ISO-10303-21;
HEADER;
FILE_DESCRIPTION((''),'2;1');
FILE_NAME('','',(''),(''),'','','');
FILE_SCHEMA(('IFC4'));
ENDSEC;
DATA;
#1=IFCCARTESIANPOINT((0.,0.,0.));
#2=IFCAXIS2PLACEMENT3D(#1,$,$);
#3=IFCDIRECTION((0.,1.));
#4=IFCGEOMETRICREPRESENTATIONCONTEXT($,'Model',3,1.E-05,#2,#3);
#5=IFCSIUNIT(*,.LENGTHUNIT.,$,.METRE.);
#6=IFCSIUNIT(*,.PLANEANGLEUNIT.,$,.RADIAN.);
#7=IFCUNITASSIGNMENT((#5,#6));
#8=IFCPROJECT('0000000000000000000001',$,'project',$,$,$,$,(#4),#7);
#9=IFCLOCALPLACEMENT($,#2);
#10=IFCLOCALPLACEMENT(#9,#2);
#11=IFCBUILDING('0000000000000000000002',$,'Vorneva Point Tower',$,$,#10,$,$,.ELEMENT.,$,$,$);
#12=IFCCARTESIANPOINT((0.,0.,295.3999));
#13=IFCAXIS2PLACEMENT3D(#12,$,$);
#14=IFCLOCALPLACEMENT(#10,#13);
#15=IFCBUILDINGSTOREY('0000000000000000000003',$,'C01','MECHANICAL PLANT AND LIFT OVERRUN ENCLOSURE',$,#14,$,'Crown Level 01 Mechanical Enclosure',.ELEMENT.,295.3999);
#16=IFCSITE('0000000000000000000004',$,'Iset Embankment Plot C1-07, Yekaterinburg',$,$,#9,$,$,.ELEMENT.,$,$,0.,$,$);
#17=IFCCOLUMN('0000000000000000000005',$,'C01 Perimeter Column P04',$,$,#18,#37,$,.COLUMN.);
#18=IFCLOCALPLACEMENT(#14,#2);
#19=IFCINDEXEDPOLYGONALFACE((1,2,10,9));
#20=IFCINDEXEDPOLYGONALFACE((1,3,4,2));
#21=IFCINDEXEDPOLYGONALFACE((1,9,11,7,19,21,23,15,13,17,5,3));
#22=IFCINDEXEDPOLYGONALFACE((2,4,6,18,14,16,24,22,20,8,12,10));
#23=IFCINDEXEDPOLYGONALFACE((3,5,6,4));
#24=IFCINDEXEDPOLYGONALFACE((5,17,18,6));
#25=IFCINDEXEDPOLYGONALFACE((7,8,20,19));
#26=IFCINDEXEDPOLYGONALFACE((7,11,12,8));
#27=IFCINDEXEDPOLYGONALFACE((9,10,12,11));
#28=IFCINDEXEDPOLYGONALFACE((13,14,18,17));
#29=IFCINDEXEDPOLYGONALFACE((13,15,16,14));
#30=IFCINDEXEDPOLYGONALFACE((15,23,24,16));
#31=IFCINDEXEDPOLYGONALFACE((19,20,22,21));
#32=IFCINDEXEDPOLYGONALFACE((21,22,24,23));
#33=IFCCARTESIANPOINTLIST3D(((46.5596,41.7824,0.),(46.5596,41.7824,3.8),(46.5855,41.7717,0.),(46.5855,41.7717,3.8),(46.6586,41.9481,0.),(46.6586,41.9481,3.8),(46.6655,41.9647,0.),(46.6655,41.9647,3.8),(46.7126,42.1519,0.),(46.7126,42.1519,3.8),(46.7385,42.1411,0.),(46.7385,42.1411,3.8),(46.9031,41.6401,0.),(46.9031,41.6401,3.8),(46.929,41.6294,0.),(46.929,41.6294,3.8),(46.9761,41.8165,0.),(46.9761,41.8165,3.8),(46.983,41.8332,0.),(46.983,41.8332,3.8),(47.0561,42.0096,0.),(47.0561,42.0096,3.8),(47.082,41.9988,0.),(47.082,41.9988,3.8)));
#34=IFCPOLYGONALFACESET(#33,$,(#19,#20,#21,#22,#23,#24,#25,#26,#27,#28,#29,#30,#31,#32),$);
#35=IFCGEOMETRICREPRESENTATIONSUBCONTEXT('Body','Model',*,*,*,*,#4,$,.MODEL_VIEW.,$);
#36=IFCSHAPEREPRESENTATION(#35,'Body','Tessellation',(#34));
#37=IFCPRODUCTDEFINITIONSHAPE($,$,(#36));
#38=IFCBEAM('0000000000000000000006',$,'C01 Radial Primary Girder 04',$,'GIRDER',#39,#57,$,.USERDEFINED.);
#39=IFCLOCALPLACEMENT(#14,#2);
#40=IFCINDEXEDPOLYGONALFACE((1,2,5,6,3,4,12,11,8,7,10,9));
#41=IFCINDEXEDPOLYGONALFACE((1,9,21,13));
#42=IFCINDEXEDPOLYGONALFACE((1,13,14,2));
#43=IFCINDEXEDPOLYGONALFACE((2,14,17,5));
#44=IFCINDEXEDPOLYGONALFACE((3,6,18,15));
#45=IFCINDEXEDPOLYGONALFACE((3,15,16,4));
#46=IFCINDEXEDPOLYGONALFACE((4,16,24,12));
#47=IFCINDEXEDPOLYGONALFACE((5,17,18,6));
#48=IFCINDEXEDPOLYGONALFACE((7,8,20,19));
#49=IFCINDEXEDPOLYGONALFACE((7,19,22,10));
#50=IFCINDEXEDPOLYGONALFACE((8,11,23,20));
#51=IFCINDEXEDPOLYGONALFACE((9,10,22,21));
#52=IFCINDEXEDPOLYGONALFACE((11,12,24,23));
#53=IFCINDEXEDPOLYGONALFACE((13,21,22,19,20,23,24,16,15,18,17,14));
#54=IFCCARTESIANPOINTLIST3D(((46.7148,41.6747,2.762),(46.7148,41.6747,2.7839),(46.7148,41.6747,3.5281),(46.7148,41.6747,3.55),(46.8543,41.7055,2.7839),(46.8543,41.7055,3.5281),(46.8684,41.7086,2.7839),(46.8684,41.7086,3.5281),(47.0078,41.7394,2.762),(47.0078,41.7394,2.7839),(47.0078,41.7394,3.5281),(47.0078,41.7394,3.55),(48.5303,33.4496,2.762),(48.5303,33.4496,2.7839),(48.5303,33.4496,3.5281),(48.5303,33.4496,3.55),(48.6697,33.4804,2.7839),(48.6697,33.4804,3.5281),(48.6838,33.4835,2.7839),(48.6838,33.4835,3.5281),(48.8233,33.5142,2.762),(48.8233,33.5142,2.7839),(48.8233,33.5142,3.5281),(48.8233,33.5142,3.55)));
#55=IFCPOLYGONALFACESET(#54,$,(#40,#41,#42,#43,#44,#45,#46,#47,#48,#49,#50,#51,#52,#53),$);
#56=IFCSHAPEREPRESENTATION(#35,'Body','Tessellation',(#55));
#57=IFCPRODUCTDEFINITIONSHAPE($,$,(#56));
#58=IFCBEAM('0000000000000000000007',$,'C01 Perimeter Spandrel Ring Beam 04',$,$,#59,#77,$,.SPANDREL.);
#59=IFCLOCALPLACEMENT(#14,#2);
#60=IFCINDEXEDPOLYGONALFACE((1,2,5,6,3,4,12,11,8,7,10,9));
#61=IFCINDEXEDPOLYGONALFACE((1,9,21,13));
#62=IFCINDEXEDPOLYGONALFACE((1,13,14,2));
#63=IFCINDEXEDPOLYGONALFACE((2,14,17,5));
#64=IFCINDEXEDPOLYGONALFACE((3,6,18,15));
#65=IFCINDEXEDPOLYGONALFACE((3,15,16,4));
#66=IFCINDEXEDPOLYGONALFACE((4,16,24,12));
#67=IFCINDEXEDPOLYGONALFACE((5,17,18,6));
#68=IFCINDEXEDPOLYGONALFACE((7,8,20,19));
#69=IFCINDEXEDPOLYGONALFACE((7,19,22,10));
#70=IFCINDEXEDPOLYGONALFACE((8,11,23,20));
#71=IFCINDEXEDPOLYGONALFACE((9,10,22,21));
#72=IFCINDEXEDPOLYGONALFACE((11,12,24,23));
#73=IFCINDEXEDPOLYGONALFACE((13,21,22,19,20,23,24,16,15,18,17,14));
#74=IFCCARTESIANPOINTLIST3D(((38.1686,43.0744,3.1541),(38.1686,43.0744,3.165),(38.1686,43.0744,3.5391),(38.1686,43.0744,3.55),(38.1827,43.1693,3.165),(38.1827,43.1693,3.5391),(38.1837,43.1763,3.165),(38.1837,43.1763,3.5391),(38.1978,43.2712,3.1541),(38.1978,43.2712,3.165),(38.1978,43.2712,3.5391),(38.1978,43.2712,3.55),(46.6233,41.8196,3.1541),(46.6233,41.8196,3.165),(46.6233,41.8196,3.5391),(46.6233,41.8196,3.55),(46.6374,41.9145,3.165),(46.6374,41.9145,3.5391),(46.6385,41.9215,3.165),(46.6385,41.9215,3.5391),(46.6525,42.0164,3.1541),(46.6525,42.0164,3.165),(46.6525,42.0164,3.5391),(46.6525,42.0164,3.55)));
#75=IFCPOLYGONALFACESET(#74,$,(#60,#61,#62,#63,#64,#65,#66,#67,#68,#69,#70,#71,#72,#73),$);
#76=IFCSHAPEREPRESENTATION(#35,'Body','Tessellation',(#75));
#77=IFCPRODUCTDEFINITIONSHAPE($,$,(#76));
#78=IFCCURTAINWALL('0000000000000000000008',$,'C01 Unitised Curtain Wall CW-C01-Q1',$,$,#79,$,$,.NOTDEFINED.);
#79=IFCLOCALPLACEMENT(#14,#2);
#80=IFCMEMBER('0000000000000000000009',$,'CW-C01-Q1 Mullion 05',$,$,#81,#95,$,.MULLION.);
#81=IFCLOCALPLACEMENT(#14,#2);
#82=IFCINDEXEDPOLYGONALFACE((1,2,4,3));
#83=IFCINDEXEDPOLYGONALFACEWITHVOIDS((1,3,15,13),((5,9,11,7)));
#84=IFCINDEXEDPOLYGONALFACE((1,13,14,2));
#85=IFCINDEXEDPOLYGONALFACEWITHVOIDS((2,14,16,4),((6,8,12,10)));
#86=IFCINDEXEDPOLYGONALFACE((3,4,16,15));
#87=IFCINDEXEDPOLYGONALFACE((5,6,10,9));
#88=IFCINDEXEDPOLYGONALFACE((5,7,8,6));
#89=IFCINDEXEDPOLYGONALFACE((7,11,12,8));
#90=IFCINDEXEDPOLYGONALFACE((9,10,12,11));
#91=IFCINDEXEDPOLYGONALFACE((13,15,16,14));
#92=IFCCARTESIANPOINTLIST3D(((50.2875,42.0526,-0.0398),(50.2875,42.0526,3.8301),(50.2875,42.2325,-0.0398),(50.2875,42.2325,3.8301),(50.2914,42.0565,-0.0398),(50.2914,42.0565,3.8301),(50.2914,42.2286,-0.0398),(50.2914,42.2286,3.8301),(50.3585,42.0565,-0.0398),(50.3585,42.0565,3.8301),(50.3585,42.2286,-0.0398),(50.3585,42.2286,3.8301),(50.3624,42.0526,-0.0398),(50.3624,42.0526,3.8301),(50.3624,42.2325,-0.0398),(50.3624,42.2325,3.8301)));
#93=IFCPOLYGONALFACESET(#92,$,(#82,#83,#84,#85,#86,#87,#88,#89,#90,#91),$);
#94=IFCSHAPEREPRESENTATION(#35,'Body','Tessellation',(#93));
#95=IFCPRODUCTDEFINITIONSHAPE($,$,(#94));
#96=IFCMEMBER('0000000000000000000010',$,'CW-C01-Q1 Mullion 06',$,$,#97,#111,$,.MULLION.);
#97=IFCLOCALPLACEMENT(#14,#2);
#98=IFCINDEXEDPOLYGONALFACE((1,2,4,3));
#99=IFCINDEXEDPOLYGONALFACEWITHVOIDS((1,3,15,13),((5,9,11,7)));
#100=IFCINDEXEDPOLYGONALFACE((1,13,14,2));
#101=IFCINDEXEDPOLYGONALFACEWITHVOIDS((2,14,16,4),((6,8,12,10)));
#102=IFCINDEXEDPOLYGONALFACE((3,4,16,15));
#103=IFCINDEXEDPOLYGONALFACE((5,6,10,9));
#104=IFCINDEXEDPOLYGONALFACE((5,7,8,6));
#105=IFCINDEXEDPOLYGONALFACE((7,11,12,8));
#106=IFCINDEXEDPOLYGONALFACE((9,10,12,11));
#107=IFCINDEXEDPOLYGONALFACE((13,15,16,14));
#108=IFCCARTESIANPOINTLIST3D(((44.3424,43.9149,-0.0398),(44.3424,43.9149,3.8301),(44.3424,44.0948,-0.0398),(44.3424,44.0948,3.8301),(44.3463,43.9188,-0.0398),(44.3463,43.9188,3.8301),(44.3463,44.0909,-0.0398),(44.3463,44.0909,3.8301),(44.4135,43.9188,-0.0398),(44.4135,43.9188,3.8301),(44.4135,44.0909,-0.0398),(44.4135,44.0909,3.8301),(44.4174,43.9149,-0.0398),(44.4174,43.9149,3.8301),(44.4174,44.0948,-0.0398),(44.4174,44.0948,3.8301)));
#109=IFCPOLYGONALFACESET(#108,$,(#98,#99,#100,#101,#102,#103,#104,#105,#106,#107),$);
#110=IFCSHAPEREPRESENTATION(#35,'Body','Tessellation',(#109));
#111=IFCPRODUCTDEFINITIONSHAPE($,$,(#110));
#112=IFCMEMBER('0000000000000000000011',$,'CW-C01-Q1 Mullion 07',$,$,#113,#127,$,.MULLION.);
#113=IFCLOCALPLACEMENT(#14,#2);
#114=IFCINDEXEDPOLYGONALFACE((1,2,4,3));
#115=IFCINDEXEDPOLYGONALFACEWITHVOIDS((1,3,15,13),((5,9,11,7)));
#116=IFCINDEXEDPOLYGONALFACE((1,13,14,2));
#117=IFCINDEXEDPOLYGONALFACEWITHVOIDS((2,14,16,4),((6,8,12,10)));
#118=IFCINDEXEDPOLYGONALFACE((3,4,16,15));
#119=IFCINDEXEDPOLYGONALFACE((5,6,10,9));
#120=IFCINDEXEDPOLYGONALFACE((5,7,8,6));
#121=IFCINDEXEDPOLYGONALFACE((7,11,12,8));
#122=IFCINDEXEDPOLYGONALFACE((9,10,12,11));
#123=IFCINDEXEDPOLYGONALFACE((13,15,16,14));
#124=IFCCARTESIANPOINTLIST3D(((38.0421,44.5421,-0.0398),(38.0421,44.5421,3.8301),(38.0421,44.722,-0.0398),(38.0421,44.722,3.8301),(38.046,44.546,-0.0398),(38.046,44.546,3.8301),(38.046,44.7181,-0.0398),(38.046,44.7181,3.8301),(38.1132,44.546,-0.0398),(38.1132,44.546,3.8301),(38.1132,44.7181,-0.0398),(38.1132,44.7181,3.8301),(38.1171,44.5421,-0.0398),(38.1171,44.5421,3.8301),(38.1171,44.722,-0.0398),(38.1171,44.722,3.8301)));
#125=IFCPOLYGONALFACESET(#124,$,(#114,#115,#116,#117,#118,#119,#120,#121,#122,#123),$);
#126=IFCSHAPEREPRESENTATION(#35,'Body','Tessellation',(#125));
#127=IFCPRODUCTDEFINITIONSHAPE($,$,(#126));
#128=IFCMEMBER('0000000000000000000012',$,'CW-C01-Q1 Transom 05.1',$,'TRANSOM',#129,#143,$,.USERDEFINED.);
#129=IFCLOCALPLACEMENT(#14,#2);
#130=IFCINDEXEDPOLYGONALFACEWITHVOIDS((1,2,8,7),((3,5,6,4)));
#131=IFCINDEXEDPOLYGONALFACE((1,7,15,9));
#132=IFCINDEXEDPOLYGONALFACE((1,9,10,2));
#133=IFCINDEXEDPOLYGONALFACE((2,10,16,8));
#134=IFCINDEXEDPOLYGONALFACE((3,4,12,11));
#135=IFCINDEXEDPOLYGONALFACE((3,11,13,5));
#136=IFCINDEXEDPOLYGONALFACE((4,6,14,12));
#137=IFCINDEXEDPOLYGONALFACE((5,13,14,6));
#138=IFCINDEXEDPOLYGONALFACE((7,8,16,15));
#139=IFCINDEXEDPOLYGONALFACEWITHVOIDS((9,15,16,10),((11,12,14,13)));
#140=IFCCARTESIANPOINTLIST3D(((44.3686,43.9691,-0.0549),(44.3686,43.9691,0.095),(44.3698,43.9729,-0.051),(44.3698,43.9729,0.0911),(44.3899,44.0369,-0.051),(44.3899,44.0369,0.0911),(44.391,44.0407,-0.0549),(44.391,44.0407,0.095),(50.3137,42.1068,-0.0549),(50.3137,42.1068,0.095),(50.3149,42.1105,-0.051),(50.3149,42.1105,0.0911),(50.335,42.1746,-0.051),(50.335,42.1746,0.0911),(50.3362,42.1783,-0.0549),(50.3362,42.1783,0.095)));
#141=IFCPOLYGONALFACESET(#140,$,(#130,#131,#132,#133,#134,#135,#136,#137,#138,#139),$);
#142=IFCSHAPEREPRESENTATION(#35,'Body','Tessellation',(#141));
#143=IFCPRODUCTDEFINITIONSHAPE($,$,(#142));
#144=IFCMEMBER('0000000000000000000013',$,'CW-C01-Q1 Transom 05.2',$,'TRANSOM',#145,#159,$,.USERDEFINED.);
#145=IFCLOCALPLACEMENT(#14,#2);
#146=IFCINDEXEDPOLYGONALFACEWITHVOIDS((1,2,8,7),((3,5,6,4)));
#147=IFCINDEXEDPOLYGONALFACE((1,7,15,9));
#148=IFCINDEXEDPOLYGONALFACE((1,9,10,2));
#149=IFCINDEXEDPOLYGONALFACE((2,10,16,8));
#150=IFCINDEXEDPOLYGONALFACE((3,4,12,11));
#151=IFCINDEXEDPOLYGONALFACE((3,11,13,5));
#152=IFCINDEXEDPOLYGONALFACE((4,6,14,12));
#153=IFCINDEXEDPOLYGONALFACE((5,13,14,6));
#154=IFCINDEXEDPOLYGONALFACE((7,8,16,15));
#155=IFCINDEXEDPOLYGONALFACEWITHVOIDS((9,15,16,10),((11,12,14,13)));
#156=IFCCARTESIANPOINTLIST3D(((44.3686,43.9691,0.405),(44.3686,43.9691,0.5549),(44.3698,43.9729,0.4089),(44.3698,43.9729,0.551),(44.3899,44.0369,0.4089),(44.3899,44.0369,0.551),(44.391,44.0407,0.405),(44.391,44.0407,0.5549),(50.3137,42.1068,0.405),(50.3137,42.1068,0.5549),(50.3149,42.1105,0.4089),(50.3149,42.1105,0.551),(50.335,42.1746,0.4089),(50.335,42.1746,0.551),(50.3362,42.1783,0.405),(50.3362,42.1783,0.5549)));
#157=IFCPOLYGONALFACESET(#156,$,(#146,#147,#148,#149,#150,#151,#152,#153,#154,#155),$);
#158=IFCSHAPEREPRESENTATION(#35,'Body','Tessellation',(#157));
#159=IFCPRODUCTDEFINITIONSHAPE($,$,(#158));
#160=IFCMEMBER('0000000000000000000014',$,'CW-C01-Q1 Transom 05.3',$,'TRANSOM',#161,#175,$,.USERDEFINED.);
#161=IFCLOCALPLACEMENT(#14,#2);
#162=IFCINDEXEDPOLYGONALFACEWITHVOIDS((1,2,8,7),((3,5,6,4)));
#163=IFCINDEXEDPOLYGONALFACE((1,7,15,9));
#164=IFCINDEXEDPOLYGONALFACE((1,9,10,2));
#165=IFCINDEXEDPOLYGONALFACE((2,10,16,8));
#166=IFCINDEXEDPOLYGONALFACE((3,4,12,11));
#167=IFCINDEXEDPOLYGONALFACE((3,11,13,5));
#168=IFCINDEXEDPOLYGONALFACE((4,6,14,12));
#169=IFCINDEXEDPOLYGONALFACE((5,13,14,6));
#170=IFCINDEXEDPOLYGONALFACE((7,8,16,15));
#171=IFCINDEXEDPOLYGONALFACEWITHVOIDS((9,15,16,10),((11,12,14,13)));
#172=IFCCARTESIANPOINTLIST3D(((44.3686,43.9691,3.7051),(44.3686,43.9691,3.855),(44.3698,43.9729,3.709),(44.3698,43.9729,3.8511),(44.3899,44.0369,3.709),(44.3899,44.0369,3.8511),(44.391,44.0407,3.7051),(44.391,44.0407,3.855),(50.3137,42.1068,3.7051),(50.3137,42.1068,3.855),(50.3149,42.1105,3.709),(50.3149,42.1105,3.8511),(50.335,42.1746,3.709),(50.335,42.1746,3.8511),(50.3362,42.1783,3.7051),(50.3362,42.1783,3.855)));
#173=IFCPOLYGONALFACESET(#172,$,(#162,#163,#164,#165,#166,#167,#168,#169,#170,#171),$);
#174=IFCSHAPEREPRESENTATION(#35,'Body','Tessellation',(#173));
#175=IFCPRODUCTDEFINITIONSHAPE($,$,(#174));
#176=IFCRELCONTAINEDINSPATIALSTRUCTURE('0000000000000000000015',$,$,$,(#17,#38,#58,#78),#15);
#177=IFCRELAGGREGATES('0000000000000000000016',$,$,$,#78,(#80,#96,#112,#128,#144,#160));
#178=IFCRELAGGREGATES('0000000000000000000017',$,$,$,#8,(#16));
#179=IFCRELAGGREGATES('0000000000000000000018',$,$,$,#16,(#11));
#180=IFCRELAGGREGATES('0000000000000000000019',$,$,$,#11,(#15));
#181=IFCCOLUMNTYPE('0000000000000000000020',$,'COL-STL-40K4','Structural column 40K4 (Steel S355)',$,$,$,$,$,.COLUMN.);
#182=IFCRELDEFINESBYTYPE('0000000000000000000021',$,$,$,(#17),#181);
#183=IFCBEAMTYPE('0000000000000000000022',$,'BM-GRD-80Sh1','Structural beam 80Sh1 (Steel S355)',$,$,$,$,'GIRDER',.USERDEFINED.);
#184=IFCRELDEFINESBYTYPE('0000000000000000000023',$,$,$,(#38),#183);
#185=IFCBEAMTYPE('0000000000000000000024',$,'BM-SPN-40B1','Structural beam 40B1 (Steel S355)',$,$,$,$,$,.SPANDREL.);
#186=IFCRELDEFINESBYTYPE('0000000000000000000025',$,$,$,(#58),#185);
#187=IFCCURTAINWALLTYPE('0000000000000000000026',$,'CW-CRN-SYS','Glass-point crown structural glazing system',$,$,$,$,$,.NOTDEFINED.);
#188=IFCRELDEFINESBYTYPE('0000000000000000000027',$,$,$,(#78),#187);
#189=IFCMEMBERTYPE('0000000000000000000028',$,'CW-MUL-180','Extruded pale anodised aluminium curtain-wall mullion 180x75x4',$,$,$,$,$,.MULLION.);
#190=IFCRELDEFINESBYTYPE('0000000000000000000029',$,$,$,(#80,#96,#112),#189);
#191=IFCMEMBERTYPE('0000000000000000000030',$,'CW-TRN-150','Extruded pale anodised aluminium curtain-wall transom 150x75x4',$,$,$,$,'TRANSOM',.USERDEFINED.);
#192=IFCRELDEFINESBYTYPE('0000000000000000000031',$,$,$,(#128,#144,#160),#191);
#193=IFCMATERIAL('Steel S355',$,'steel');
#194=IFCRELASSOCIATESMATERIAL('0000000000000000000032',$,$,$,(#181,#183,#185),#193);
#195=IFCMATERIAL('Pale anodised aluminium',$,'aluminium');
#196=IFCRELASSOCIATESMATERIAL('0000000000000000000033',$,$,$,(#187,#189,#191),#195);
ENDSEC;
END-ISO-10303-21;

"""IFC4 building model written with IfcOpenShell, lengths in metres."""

from ifc_helpers import new_model, si_unit, direction, frame, origin, origin_2d, place, context, subcontext, project, spatial, hollow_rectangle, i_section, extrude, material, material_profile, profile_set, type_object, element, aggregate, save


model = new_model("IFC4")

# Units and contexts
model_context = context("Model", 3, precision=1e-05, world=origin(), true_north=direction((0.0, 1.0)))
body_context = subcontext(model_context, "Body", "Model", "MODEL_VIEW")
ifc_project = project(units=[si_unit("LENGTHUNIT", "METRE"), si_unit("PLANEANGLEUNIT", "RADIAN")], contexts=[model_context])

# Site, building, storey
site_placement = place(None, origin())
site = spatial("IfcSite", under=ifc_project, at=site_placement, Name="Iset Embankment Plot C1-07, Yekaterinburg", CompositionType="ELEMENT", RefElevation=0.0)
building_placement = place(site_placement, origin())
building = spatial("IfcBuilding", under=site, at=building_placement, Name="Vorneva Point Tower", CompositionType="ELEMENT")
storey_placement = place(building_placement, frame((0.0, 0.0, 295.3999)))
storey = spatial("IfcBuildingStorey", under=building, at=storey_placement, Name="C01", Description="MECHANICAL PLANT AND LIFT OVERRUN ENCLOSURE", LongName="Crown Level 01 Mechanical Enclosure", CompositionType="ELEMENT", Elevation=295.3999)

# Column
ifc_material_1 = material(Name="Steel S355", Category="steel")
ifc_material_profile_1 = material_profile(ifc_material_1, i_section(OverallWidth=0.3999, OverallDepth=0.3999, WebThickness=0.0181, FlangeThickness=0.0281, at=origin_2d()), Name="40K4")
ifc_profile_set_1 = profile_set([ifc_material_profile_1], Name="Steel S355")
column_type = type_object("IfcColumnType", Name="COL-STL-40K4", Description="Structural column 40K4 (Steel S355)", PredefinedType="COLUMN", material=ifc_profile_set_1)
column_placement = place(storey_placement, frame((46.8208, 41.8906, 0.0), z_axis=(0.0, 0.0, 1.0), x_axis=(0.382683, 0.92388, 0.0)))
element("IfcColumn", 1, at=column_placement, inside=storey, type_object=column_type, Name="C01 Perimeter Column P04", PredefinedType="COLUMN", context=body_context, shape_type="SweptSolid", body=[
    extrude(i_section(OverallWidth=0.3999, OverallDepth=0.3999, WebThickness=0.0181, FlangeThickness=0.0281, at=origin_2d()), origin(), (0.0, 0.0, 1.0), 3.8),
])

# Beams
ifc_material_profile_2 = material_profile(ifc_material_1, i_section(OverallWidth=0.3, OverallDepth=0.7881, WebThickness=0.0144, FlangeThickness=0.022, at=origin_2d()), Name="80Sh1")
ifc_profile_set_2 = profile_set([ifc_material_profile_2], Name="Steel S355")
beam_type_1 = type_object("IfcBeamType", Name="BM-GRD-80Sh1", Description="Structural beam 80Sh1 (Steel S355)", ElementType="GIRDER", PredefinedType="USERDEFINED", material=ifc_profile_set_2)
beam_1_placement = place(storey_placement, frame((46.8613, 41.707, 3.156), z_axis=(0.215531, -0.976497, 0.0), x_axis=(0.976497, 0.215531, 0.0)))
element("IfcBeam", 2, at=beam_1_placement, inside=storey, type_object=beam_type_1, Name="C01 Radial Primary Girder 04", ObjectType="GIRDER", PredefinedType="USERDEFINED", context=body_context, shape_type="SweptSolid", body=[
    extrude(i_section(OverallWidth=0.3, OverallDepth=0.7881, WebThickness=0.0144, FlangeThickness=0.022, at=origin_2d()), origin(), (0.0, 0.0, 1.0), 8.4231),
])
ifc_material_profile_3 = material_profile(ifc_material_1, i_section(OverallWidth=0.199, OverallDepth=0.396, WebThickness=0.0071, FlangeThickness=0.011, at=origin_2d()), Name="40B1")
ifc_profile_set_3 = profile_set([ifc_material_profile_3], Name="Steel S355")
beam_type_2 = type_object("IfcBeamType", Name="BM-SPN-40B1", Description="Structural beam 40B1 (Steel S355)", PredefinedType="SPANDREL", material=ifc_profile_set_3)
beam_2_placement = place(storey_placement, frame((46.6379, 41.918, 3.3521), z_axis=(-0.989164, 0.146814, 0.0), x_axis=(-0.146814, -0.989164, 0.0)))
element("IfcBeam", 3, at=beam_2_placement, inside=storey, type_object=beam_type_2, Name="C01 Perimeter Spandrel Ring Beam 04", PredefinedType="SPANDREL", context=body_context, shape_type="SweptSolid", body=[
    extrude(i_section(OverallWidth=0.199, OverallDepth=0.396, WebThickness=0.0071, FlangeThickness=0.011, at=origin_2d()), origin(), (0.0, 0.0, 1.0), 8.5474),
])

# Curtain wall, members
ifc_material_2 = material(Name="Pale anodised aluminium", Category="aluminium")
curtain_wall_type = type_object("IfcCurtainWallType", Name="CW-CRN-SYS", Description="Glass-point crown structural glazing system", PredefinedType="NOTDEFINED", material=ifc_material_2)
curtain_wall_placement = place(storey_placement, origin())
curtain_wall = element("IfcCurtainWall", 4, at=curtain_wall_placement, inside=storey, type_object=curtain_wall_type, Name="C01 Unitised Curtain Wall CW-C01-Q1", PredefinedType="NOTDEFINED")
ifc_material_profile_4 = material_profile(ifc_material_2, hollow_rectangle(XDim=0.075, YDim=0.1799, WallThickness=0.0039, at=origin_2d()), Name="AL-MUL 180x75x4")
ifc_profile_set_4 = profile_set([ifc_material_profile_4], Name="Pale anodised aluminium")
member_type_1 = type_object("IfcMemberType", Name="CW-MUL-180", Description="Extruded pale anodised aluminium curtain-wall mullion 180x75x4", PredefinedType="MULLION", material=ifc_profile_set_4)
member_1_placement = place(storey_placement, frame((50.325, 42.1426, -0.0398), z_axis=(0.0, 0.0, 1.0), x_axis=(1.0, 0.0, 0.0)))
member_1 = element("IfcMember", 5, at=member_1_placement, type_object=member_type_1, Name="CW-C01-Q1 Mullion 05", PredefinedType="MULLION", context=body_context, shape_type="SweptSolid", body=[
    extrude(hollow_rectangle(XDim=0.075, YDim=0.1799, WallThickness=0.0039, at=origin_2d()), origin(), (0.0, 0.0, 1.0), 3.8699),
])
member_2_placement = place(storey_placement, frame((44.3799, 44.0049, -0.0398), z_axis=(0.0, 0.0, 1.0), x_axis=(1.0, 0.0, 0.0)))
member_2 = element("IfcMember", 6, at=member_2_placement, type_object=member_type_1, Name="CW-C01-Q1 Mullion 06", PredefinedType="MULLION", context=body_context, shape_type="SweptSolid", body=[
    extrude(hollow_rectangle(XDim=0.075, YDim=0.1799, WallThickness=0.0039, at=origin_2d()), origin(), (0.0, 0.0, 1.0), 3.8699),
])
member_3_placement = place(storey_placement, frame((38.0796, 44.6321, -0.0398), z_axis=(0.0, 0.0, 1.0), x_axis=(1.0, 0.0, 0.0)))
member_3 = element("IfcMember", 7, at=member_3_placement, type_object=member_type_1, Name="CW-C01-Q1 Mullion 07", PredefinedType="MULLION", context=body_context, shape_type="SweptSolid", body=[
    extrude(hollow_rectangle(XDim=0.075, YDim=0.1799, WallThickness=0.0039, at=origin_2d()), origin(), (0.0, 0.0, 1.0), 3.8699),
])
ifc_material_profile_5 = material_profile(ifc_material_2, hollow_rectangle(XDim=0.075, YDim=0.1499, WallThickness=0.0039, at=origin_2d()), Name="AL-TRN 150x75x4")
ifc_profile_set_5 = profile_set([ifc_material_profile_5], Name="Pale anodised aluminium")
member_type_2 = type_object("IfcMemberType", Name="CW-TRN-150", Description="Extruded pale anodised aluminium curtain-wall transom 150x75x4", ElementType="TRANSOM", PredefinedType="USERDEFINED", material=ifc_profile_set_5)
member_4_placement = place(storey_placement, frame((50.325, 42.1426, 0.02), z_axis=(-0.954275, 0.298929, 0.0), x_axis=(-0.298929, -0.954275, 0.0)))
member_4 = element("IfcMember", 8, at=member_4_placement, type_object=member_type_2, Name="CW-C01-Q1 Transom 05.1", ObjectType="TRANSOM", PredefinedType="USERDEFINED", context=body_context, shape_type="SweptSolid", body=[
    extrude(hollow_rectangle(XDim=0.075, YDim=0.1499, WallThickness=0.0039, at=origin_2d()), origin(), (0.0, 0.0, 1.0), 6.23),
])
member_5_placement = place(storey_placement, frame((50.325, 42.1426, 0.48), z_axis=(-0.954275, 0.298929, 0.0), x_axis=(-0.298929, -0.954275, 0.0)))
member_5 = element("IfcMember", 9, at=member_5_placement, type_object=member_type_2, Name="CW-C01-Q1 Transom 05.2", ObjectType="TRANSOM", PredefinedType="USERDEFINED", context=body_context, shape_type="SweptSolid", body=[
    extrude(hollow_rectangle(XDim=0.075, YDim=0.1499, WallThickness=0.0039, at=origin_2d()), origin(), (0.0, 0.0, 1.0), 6.23),
])
member_6_placement = place(storey_placement, frame((50.325, 42.1426, 3.78), z_axis=(-0.954275, 0.298929, 0.0), x_axis=(-0.298929, -0.954275, 0.0)))
member_6 = element("IfcMember", 10, at=member_6_placement, type_object=member_type_2, Name="CW-C01-Q1 Transom 05.3", ObjectType="TRANSOM", PredefinedType="USERDEFINED", context=body_context, shape_type="SweptSolid", body=[
    extrude(hollow_rectangle(XDim=0.075, YDim=0.1499, WallThickness=0.0039, at=origin_2d()), origin(), (0.0, 0.0, 1.0), 6.23),
])

aggregate(curtain_wall, [member_1, member_2, member_3, member_4, member_5, member_6])

save(model, "model.ifc")
